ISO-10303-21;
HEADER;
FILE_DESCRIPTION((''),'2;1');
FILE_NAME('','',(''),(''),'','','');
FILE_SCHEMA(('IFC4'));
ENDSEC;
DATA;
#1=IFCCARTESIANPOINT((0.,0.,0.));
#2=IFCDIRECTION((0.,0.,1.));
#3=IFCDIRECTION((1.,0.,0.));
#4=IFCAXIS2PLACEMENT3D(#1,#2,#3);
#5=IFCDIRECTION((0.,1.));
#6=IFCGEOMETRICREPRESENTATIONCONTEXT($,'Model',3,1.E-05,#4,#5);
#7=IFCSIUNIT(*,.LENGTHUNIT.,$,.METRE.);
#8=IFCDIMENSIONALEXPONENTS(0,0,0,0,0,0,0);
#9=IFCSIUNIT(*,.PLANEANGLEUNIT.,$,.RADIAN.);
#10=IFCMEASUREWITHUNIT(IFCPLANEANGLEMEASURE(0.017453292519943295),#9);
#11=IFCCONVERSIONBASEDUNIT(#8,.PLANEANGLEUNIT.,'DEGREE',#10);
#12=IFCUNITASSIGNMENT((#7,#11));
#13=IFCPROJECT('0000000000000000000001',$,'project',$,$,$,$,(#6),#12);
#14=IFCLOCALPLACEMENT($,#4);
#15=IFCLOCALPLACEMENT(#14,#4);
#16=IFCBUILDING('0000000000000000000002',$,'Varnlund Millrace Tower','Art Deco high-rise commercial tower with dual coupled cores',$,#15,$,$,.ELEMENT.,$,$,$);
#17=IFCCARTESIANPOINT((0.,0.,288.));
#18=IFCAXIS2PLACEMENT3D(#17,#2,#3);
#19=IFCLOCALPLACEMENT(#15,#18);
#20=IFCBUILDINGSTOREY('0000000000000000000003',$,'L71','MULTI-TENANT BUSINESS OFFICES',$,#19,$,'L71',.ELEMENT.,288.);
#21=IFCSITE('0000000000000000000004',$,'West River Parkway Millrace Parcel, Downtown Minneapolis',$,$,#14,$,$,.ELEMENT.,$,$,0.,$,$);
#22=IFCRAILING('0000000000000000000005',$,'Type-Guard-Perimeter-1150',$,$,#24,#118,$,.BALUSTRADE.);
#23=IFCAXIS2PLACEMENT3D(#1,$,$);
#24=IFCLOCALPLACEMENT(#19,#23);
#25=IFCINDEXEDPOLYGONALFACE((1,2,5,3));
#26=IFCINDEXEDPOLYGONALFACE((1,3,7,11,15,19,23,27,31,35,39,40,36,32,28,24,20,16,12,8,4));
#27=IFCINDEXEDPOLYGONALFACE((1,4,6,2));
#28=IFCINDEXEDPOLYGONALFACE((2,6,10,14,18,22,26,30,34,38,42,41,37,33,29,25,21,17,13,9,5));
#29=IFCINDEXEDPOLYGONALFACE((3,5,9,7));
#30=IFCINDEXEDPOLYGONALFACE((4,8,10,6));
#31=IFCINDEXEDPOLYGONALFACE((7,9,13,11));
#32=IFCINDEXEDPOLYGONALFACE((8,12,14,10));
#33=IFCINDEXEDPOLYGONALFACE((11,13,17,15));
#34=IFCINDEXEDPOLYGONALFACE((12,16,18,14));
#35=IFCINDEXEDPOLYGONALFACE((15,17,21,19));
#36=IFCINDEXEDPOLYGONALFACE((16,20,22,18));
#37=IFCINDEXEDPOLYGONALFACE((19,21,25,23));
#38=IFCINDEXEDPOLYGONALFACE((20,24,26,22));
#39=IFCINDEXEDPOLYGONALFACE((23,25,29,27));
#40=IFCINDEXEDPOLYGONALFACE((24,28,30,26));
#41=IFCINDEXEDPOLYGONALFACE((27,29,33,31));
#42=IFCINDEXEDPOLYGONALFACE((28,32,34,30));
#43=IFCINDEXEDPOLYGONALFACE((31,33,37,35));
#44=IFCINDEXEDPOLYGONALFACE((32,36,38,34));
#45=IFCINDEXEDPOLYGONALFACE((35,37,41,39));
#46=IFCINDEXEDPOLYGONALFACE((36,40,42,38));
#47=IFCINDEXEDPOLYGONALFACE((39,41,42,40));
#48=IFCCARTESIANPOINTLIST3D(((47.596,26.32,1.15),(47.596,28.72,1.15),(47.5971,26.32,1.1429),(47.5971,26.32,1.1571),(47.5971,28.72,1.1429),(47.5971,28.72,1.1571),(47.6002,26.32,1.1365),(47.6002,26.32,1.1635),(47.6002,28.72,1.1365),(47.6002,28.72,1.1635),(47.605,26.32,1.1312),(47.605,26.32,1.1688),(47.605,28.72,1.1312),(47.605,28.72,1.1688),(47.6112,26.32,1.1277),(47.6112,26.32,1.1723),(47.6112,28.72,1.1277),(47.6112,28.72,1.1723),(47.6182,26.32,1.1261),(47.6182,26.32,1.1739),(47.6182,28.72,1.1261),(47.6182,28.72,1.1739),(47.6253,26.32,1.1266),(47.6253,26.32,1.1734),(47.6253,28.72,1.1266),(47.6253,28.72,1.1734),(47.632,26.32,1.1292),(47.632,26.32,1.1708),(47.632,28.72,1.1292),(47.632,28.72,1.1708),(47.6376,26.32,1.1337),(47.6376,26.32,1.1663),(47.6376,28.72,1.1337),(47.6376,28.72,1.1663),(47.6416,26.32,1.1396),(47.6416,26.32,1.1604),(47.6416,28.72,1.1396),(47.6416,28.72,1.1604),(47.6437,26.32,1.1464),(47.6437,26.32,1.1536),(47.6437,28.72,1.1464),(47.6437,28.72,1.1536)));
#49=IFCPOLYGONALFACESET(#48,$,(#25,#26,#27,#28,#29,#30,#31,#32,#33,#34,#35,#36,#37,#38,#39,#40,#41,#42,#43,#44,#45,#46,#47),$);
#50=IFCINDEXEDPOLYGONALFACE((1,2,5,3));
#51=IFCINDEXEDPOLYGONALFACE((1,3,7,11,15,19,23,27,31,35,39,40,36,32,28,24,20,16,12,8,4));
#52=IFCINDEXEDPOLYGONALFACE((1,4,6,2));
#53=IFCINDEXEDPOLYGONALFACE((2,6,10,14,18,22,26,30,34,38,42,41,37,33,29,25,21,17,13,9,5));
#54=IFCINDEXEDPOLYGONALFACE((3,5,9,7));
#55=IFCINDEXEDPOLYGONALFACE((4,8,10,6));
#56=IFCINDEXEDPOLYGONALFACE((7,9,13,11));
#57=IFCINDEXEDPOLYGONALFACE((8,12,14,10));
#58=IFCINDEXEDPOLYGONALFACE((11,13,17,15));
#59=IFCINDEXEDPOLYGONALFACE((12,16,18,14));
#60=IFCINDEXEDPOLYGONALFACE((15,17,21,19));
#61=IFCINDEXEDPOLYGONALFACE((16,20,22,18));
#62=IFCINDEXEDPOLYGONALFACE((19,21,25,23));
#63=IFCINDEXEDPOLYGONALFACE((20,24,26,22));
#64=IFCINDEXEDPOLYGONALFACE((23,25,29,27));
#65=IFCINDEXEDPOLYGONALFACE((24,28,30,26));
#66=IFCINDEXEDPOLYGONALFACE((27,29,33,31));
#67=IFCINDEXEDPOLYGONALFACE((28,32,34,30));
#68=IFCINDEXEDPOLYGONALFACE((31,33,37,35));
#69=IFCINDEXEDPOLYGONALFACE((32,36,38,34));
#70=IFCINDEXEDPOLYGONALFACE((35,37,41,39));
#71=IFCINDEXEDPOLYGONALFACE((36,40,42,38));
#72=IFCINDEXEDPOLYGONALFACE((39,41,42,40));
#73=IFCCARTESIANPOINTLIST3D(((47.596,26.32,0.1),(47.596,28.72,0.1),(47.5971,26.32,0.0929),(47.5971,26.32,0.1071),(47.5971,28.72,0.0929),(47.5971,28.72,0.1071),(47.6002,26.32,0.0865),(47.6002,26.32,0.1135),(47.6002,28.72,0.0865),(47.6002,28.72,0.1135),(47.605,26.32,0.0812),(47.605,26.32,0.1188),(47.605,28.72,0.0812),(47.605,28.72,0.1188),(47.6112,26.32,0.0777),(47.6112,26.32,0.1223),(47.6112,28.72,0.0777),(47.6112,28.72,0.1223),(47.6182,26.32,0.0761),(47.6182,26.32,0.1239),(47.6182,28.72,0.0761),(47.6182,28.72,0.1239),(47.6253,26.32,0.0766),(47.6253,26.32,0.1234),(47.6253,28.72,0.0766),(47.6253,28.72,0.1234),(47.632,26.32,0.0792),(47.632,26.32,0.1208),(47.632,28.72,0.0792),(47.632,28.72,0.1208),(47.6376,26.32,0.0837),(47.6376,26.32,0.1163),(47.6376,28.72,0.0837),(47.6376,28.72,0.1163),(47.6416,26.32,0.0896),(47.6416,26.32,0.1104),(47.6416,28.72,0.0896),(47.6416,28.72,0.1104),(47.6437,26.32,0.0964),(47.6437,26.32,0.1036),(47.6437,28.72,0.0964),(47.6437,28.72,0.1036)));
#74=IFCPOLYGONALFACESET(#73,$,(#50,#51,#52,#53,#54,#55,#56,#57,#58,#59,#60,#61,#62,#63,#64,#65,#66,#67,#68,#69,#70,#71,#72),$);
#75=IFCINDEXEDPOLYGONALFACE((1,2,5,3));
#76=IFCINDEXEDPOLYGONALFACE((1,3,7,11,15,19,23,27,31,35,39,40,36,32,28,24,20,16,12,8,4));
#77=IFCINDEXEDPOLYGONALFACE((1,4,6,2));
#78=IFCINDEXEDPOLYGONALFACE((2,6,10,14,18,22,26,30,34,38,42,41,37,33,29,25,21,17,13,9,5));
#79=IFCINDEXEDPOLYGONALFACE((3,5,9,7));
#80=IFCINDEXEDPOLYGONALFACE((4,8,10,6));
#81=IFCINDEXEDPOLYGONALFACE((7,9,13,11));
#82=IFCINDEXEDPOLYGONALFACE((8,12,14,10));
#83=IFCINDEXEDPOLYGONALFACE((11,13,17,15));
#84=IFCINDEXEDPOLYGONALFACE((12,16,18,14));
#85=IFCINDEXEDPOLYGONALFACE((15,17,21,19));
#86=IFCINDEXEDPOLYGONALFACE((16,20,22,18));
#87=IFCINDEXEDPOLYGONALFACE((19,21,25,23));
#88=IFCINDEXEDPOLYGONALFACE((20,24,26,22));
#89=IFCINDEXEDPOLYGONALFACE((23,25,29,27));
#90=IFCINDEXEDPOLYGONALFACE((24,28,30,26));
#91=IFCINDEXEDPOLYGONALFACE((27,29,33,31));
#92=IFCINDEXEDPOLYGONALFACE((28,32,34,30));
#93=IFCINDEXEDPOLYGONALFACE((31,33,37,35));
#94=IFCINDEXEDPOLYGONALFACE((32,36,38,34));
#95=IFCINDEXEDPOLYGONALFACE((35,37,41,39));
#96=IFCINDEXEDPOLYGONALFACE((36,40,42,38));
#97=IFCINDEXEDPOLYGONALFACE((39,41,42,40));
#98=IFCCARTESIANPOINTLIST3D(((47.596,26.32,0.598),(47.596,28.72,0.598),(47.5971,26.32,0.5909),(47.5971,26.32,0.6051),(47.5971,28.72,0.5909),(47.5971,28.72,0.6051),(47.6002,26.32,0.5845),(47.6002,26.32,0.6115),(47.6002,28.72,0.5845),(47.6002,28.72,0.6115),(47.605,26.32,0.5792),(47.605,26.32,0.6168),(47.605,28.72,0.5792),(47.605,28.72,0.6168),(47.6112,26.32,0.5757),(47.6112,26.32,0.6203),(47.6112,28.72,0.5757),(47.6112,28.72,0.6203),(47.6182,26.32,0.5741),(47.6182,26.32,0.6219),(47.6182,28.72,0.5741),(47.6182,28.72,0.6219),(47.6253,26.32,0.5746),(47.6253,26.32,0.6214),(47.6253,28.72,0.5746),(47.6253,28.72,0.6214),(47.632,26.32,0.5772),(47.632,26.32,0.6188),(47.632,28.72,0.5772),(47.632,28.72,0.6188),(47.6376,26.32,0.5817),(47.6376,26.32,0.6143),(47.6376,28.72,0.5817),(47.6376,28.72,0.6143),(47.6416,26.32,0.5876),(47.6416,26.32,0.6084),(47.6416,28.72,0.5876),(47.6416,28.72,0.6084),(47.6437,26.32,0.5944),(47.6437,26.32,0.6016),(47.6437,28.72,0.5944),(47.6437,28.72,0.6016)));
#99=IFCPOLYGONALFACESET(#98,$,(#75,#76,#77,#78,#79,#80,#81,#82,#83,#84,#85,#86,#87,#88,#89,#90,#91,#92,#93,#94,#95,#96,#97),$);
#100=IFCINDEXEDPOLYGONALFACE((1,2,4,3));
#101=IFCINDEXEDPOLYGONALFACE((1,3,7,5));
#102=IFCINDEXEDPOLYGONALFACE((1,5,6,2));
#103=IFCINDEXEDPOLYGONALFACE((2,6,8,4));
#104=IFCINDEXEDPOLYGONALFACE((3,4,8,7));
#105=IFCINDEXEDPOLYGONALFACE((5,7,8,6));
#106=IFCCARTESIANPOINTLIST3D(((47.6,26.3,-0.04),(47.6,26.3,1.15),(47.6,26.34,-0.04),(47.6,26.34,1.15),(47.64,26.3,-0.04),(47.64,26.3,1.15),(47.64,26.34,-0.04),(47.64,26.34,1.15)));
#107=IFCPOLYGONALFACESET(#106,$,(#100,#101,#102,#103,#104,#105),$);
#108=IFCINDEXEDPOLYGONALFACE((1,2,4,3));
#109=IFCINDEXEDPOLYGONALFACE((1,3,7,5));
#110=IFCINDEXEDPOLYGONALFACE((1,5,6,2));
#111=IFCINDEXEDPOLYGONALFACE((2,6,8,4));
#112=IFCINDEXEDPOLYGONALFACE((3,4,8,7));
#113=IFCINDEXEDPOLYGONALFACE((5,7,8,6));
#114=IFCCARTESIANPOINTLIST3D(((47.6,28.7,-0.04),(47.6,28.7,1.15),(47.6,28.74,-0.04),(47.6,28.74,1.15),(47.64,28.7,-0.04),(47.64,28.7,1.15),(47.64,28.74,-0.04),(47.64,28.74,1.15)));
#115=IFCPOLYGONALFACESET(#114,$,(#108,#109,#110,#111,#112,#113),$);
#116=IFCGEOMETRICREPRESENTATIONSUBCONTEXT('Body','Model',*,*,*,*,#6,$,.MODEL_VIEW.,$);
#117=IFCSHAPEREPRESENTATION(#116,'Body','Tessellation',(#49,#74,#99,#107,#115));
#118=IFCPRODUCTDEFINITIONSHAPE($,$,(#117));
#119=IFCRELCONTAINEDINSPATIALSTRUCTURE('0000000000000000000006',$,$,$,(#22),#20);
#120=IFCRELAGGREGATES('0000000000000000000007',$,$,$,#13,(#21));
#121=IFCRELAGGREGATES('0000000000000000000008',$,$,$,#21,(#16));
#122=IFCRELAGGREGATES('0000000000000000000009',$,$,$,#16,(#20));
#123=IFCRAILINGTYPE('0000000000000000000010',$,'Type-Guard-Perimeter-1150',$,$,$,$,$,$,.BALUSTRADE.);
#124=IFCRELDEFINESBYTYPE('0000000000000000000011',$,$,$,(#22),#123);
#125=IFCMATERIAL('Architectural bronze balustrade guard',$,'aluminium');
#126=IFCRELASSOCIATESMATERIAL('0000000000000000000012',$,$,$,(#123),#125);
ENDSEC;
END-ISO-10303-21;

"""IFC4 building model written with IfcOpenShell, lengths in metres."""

from ifc_helpers import new_model, entity, si_unit, converted_unit, direction, frame, origin_with_axes, origin_2d_with_axis, place, context, subcontext, project, spatial, rectangle, circle, extrude, material, type_object, element, save


model = new_model("IFC4")

# Units and contexts
model_context = context("Model", 3, precision=1e-05, world=origin_with_axes(), true_north=direction((0.0, 1.0)))
body_context = subcontext(model_context, "Body", "Model", "MODEL_VIEW")
ifc_project = project(units=[si_unit("LENGTHUNIT", "METRE"), converted_unit("PLANEANGLEUNIT", "DEGREE", entity("IfcPlaneAngleMeasure", 0.017453292519943295), si_unit("PLANEANGLEUNIT", "RADIAN"), dimensions=[0, 0, 0, 0, 0, 0, 0])], contexts=[model_context])

# Site, building, storey
site_placement = place(None, origin_with_axes())
site = spatial("IfcSite", under=ifc_project, at=site_placement, Name="West River Parkway Millrace Parcel, Downtown Minneapolis", CompositionType="ELEMENT", RefElevation=0.0)
building_placement = place(site_placement, origin_with_axes())
building = spatial("IfcBuilding", under=site, at=building_placement, Name="Varnlund Millrace Tower", Description="Art Deco high-rise commercial tower with dual coupled cores", CompositionType="ELEMENT")
storey_placement = place(building_placement, frame((0.0, 0.0, 288.0), z_axis=(0.0, 0.0, 1.0), x_axis=(1.0, 0.0, 0.0)))
storey = spatial("IfcBuildingStorey", under=building, at=storey_placement, Name="L71", Description="MULTI-TENANT BUSINESS OFFICES", LongName="L71", CompositionType="ELEMENT", Elevation=288.0)

# Railing
ifc_material_1 = material(Name="Architectural bronze balustrade guard", Category="aluminium")
railing_type_1 = type_object("IfcRailingType", Name="Type-Guard-Perimeter-1150", PredefinedType="BALUSTRADE", material=ifc_material_1)
railing_1_placement = place(storey_placement, frame((0.0, 0.0, -288.0), z_axis=(0.0, 0.0, 1.0), x_axis=(1.0, 0.0, 0.0)))
element("IfcRailing", 1, at=railing_1_placement, inside=storey, type_object=railing_type_1, Name="Type-Guard-Perimeter-1150", PredefinedType="BALUSTRADE", context=body_context, shape_type="SweptSolid", body=[
    extrude(circle(Radius=0.024, at=origin_2d_with_axis()), frame((47.62, 26.32, 289.15), z_axis=(0.0, 1.0, 0.0), x_axis=(-1.0, 0.0, 0.0)), (0.0, 0.0, 1.0), 2.4),
    extrude(circle(Radius=0.024, at=origin_2d_with_axis()), frame((47.62, 26.32, 288.1), z_axis=(0.0, 1.0, 0.0), x_axis=(-1.0, 0.0, 0.0)), (0.0, 0.0, 1.0), 2.4),
    extrude(circle(Radius=0.024, at=origin_2d_with_axis()), frame((47.62, 26.32, 288.598), z_axis=(0.0, 1.0, 0.0), x_axis=(-1.0, 0.0, 0.0)), (0.0, 0.0, 1.0), 2.4),
    extrude(rectangle(XDim=0.04, YDim=0.04, at=origin_2d_with_axis()), frame((47.62, 26.32, 287.96), z_axis=(0.0, 0.0, 1.0), x_axis=(1.0, 0.0, 0.0)), (0.0, 0.0, 1.0), 1.19),
    extrude(rectangle(XDim=0.04, YDim=0.04, at=origin_2d_with_axis()), frame((47.62, 28.72, 287.96), z_axis=(0.0, 0.0, 1.0), x_axis=(1.0, 0.0, 0.0)), (0.0, 0.0, 1.0), 1.19),
])

save(model, "model.ifc")
